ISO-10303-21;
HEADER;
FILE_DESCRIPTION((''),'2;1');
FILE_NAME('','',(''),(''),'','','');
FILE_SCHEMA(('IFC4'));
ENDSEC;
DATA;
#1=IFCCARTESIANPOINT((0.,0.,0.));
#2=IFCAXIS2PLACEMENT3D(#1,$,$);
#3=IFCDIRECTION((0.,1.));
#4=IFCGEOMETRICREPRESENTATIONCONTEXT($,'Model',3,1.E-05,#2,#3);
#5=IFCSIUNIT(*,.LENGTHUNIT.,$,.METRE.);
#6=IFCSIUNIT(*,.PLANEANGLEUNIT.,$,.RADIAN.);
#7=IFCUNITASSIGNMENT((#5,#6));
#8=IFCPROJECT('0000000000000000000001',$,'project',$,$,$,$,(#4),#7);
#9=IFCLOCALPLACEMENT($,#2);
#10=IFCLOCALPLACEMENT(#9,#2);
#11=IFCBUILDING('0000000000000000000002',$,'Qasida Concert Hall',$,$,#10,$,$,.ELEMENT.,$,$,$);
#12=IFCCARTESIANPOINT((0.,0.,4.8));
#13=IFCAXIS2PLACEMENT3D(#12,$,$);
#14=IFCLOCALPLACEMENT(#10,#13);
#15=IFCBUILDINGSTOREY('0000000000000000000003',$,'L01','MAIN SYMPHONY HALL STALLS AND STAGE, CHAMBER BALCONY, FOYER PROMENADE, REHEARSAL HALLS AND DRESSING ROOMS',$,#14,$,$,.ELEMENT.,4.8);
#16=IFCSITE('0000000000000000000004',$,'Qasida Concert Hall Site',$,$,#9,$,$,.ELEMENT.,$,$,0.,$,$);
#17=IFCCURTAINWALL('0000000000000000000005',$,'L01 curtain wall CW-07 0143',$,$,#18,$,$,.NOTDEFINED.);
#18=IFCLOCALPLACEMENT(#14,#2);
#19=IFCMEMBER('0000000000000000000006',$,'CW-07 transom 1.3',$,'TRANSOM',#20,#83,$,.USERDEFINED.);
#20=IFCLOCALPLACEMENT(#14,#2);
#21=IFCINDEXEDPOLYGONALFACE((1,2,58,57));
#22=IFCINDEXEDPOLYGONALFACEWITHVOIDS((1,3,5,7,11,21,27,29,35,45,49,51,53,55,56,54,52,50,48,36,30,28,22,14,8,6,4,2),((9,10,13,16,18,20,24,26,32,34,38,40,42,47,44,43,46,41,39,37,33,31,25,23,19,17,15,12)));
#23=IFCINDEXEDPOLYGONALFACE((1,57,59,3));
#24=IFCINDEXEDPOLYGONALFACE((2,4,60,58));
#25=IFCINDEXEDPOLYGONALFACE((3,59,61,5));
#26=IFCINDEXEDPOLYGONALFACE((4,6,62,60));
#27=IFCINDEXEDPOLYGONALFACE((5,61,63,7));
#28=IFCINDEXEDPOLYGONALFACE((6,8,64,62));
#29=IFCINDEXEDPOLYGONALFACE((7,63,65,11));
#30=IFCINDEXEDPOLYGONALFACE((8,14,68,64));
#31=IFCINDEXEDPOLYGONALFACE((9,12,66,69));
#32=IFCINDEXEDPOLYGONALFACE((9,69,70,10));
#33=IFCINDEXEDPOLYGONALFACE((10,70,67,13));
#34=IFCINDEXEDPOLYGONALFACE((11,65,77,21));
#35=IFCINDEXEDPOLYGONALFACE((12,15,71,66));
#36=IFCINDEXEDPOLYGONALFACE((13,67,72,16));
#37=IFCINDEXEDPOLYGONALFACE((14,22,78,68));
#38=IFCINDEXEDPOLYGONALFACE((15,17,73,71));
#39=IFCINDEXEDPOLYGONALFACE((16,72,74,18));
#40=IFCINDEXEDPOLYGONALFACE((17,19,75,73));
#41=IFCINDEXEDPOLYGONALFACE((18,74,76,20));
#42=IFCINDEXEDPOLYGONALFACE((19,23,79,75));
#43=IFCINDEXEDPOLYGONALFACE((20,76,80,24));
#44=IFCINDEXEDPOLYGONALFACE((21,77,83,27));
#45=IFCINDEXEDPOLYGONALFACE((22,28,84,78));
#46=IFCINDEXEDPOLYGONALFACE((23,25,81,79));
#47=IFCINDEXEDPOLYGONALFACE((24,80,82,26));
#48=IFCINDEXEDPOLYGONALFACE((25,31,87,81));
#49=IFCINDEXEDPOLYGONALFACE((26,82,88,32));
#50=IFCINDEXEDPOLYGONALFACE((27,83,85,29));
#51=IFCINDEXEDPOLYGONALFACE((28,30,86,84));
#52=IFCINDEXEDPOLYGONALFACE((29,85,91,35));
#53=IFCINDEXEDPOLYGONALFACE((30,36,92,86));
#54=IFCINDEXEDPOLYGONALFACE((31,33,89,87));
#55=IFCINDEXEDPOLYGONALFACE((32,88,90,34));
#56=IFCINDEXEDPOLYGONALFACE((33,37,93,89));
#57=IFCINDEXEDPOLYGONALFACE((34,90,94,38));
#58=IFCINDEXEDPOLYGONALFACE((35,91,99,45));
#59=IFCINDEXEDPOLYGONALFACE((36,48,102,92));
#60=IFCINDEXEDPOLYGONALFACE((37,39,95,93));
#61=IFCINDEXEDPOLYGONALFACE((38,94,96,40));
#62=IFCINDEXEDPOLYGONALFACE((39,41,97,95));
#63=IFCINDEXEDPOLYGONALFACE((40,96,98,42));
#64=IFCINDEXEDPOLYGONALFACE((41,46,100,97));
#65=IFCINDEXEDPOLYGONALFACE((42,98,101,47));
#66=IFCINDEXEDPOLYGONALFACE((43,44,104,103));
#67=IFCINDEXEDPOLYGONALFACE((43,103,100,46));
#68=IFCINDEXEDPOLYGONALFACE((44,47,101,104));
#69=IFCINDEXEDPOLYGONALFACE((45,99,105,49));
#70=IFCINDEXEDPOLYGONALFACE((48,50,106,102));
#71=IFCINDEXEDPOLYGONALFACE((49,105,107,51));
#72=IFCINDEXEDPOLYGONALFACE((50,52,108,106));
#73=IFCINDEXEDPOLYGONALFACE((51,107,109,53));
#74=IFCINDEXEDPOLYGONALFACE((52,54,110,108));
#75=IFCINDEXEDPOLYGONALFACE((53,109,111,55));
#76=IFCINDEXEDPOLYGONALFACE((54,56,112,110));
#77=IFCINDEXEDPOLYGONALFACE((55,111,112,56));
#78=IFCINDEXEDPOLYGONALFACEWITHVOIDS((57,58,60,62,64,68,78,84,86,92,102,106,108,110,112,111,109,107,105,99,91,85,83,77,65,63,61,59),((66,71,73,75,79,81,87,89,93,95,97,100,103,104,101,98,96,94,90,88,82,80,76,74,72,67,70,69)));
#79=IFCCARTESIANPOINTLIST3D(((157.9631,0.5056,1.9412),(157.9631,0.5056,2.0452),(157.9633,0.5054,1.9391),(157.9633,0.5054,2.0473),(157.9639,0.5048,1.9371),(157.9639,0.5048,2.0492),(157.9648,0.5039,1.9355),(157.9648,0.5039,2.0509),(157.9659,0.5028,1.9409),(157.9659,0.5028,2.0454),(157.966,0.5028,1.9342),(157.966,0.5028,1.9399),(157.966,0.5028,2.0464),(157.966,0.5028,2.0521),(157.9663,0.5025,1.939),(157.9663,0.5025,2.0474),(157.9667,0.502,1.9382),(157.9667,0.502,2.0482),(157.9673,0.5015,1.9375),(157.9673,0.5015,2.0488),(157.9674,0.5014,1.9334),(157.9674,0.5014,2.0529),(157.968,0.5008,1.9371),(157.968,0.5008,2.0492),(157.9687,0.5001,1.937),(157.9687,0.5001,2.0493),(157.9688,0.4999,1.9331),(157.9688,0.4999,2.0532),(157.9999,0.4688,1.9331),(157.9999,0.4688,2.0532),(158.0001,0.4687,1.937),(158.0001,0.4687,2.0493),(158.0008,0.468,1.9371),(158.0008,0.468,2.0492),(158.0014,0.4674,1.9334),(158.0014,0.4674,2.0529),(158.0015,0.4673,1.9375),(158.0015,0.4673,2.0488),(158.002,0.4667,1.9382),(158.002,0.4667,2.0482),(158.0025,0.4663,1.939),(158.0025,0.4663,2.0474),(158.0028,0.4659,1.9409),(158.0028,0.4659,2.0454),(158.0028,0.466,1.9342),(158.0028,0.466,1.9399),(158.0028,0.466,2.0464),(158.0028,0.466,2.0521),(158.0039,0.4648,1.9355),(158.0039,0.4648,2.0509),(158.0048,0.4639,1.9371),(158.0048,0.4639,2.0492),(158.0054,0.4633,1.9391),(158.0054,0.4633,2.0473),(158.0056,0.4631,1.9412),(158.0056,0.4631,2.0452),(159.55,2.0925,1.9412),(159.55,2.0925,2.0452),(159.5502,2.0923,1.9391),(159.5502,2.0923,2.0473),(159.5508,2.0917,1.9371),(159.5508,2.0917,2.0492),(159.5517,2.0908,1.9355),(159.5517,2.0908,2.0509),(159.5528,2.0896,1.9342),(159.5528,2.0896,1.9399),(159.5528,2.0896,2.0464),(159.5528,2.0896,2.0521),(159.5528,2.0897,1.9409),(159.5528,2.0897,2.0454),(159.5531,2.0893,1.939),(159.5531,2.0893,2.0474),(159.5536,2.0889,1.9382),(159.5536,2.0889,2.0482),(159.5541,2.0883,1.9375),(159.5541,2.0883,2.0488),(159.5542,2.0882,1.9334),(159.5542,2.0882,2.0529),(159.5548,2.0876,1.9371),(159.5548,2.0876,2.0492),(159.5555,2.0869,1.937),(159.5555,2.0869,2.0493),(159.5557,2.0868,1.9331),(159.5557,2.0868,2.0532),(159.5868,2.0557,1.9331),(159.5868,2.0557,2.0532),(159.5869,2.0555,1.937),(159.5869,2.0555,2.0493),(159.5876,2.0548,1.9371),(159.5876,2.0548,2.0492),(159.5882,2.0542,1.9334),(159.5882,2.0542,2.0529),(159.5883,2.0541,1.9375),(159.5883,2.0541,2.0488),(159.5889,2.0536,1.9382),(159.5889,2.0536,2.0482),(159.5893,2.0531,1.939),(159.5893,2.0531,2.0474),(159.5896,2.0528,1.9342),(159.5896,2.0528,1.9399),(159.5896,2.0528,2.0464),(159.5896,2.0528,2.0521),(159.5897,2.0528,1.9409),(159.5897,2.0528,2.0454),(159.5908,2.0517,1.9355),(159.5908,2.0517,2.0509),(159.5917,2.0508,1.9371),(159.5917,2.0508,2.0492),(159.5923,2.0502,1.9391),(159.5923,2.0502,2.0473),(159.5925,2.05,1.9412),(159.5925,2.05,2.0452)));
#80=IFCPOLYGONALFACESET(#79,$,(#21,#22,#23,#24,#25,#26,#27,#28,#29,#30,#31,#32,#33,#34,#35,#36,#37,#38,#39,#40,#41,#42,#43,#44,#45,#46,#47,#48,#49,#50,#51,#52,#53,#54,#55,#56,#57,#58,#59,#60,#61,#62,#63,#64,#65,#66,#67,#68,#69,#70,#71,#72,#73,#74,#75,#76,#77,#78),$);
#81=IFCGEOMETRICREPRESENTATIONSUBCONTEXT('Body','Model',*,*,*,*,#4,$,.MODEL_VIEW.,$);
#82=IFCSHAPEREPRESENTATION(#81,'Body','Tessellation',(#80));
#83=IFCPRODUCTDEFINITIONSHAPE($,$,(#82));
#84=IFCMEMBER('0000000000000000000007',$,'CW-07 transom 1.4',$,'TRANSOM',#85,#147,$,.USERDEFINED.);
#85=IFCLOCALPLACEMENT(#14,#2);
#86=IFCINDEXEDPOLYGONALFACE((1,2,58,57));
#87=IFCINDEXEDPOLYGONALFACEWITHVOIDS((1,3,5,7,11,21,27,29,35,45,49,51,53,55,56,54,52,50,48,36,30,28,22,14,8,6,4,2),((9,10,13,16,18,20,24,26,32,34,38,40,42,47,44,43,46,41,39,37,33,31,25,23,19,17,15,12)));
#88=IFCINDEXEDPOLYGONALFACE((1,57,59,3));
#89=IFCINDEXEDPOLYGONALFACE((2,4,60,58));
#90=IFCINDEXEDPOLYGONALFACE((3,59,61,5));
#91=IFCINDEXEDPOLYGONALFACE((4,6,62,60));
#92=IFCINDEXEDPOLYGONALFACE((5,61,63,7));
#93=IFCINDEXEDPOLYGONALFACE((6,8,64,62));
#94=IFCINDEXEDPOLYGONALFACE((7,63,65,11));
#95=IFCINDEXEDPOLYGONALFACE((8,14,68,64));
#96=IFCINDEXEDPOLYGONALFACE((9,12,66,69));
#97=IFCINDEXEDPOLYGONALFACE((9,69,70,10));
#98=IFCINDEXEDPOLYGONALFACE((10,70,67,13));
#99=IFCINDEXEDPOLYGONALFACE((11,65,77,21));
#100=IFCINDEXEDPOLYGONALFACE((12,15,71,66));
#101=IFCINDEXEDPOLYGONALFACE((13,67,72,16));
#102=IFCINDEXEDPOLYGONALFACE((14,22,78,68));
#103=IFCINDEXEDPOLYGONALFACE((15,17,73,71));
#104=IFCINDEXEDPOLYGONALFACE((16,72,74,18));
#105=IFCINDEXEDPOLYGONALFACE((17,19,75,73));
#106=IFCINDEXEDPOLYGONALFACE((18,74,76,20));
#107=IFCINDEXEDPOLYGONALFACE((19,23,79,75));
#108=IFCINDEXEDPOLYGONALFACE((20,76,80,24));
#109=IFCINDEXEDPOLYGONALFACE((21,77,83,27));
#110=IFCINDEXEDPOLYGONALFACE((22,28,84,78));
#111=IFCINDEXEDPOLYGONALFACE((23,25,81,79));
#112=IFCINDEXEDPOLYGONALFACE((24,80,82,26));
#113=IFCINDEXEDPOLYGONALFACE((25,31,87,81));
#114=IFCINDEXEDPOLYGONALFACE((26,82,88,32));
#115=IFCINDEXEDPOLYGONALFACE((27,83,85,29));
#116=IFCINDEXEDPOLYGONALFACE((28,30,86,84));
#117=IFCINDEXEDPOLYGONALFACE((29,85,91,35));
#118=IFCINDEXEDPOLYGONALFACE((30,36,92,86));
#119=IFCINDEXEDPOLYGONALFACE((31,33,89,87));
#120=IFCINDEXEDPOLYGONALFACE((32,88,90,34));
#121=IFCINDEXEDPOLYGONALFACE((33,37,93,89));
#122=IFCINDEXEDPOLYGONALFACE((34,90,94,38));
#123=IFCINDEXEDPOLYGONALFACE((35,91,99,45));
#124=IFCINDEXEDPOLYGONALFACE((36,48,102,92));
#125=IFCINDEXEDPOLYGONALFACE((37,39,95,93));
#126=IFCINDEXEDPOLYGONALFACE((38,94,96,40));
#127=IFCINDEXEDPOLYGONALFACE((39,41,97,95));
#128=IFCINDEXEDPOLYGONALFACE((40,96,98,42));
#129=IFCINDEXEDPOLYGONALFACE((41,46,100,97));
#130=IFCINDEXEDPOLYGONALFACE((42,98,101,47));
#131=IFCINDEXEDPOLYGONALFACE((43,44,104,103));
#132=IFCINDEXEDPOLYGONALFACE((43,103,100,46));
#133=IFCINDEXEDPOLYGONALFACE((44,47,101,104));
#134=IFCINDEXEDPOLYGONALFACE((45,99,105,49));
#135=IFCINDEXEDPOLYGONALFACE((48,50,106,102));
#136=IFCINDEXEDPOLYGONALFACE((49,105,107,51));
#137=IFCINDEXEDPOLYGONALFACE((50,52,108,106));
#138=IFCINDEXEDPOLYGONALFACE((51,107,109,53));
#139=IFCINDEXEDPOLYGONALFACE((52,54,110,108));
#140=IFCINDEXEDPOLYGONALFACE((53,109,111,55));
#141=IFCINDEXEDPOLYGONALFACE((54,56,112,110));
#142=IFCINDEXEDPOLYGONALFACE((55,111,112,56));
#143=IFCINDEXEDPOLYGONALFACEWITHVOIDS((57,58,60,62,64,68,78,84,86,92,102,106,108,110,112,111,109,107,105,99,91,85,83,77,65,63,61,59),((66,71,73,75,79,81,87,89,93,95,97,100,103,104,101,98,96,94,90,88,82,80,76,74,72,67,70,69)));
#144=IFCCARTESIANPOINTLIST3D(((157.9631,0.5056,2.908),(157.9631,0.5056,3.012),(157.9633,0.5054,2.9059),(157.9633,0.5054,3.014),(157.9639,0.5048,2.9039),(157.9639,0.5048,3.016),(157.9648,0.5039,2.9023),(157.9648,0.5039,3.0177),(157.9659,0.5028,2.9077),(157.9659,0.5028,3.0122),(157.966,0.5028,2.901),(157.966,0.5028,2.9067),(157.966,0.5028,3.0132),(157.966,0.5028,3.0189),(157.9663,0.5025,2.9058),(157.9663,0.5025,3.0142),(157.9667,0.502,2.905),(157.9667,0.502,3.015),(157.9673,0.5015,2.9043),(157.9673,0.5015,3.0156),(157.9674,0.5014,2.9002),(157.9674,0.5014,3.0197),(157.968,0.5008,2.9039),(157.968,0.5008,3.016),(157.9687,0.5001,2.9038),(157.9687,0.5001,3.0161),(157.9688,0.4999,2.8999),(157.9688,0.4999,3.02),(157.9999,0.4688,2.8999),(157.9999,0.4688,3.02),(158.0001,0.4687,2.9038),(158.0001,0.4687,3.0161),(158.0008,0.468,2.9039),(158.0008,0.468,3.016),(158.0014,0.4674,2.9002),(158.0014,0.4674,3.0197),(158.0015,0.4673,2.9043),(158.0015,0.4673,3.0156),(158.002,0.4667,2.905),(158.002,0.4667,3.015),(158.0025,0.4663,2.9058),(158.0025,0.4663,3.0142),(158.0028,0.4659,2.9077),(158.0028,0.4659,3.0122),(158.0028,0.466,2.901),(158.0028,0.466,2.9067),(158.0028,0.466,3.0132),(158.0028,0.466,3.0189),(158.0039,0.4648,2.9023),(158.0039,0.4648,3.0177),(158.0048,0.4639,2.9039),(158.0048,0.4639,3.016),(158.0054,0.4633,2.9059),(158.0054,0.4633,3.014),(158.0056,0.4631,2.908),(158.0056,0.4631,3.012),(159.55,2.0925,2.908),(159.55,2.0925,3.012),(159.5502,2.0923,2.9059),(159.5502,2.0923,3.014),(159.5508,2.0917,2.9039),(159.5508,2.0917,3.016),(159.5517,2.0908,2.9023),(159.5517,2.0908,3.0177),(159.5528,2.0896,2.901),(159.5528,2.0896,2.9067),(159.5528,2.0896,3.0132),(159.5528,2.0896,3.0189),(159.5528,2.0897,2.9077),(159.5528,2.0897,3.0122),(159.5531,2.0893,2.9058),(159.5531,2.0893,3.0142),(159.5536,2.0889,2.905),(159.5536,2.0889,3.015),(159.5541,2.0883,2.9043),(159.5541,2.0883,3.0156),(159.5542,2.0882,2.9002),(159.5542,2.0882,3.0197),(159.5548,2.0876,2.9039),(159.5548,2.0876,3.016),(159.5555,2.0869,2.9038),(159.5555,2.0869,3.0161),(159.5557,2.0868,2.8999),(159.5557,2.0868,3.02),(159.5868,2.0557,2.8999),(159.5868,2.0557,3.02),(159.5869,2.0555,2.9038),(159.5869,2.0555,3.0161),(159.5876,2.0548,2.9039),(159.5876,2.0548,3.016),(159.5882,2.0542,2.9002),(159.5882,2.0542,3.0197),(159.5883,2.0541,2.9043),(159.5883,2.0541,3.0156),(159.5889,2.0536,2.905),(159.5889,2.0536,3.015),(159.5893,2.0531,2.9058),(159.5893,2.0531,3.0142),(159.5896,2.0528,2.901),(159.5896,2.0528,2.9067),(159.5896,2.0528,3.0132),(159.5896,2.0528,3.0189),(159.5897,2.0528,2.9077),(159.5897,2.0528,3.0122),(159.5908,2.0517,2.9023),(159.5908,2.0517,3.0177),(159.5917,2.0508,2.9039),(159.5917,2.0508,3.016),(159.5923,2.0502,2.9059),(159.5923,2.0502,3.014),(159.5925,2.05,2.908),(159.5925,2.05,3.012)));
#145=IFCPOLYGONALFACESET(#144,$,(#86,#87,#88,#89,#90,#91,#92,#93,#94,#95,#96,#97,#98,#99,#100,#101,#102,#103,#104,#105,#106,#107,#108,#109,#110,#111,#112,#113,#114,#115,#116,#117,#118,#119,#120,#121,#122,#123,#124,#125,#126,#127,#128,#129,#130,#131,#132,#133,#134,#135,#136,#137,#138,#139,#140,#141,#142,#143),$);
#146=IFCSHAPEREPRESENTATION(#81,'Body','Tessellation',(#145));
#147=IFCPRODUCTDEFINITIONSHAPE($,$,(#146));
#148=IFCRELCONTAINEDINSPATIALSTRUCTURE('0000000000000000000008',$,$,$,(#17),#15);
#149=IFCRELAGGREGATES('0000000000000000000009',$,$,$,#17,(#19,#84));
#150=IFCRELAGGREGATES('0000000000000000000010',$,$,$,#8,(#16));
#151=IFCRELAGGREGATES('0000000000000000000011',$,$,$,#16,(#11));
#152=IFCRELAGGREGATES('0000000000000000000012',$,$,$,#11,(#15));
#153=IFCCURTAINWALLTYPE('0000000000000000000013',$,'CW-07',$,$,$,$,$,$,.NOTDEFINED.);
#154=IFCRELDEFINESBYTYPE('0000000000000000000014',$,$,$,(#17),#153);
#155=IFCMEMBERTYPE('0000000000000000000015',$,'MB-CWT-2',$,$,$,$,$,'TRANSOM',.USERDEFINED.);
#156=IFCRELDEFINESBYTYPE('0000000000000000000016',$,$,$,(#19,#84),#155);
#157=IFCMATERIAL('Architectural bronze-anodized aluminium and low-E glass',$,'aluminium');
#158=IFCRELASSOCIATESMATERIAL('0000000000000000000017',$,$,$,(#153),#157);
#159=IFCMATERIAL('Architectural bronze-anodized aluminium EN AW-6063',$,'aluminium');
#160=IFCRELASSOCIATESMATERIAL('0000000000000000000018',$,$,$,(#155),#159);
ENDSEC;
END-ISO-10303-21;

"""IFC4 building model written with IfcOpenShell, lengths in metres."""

from ifc_helpers import new_model, si_unit, direction, frame, origin, origin_2d, place, context, subcontext, project, spatial, hollow_rectangle, extrude, material, material_profile, profile_set, type_object, element, aggregate, save


model = new_model("IFC4")

# Units and contexts
model_context = context("Model", 3, precision=1e-05, world=origin(), true_north=direction((0.0, 1.0)))
body_context = subcontext(model_context, "Body", "Model", "MODEL_VIEW")
ifc_project = project(units=[si_unit("LENGTHUNIT", "METRE"), si_unit("PLANEANGLEUNIT", "RADIAN")], contexts=[model_context])

# Site, building, storey
site_placement = place(None, origin())
site = spatial("IfcSite", under=ifc_project, at=site_placement, Name="Qasida Concert Hall Site", CompositionType="ELEMENT", RefElevation=0.0)
building_placement = place(site_placement, origin())
building = spatial("IfcBuilding", under=site, at=building_placement, Name="Qasida Concert Hall", CompositionType="ELEMENT")
storey_placement = place(building_placement, frame((0.0, 0.0, 4.8)))
storey = spatial("IfcBuildingStorey", under=building, at=storey_placement, Name="L01", Description="MAIN SYMPHONY HALL STALLS AND STAGE, CHAMBER BALCONY, FOYER PROMENADE, REHEARSAL HALLS AND DRESSING ROOMS", CompositionType="ELEMENT", Elevation=4.8)

# Curtain wall, members
ifc_material_1 = material(Name="Architectural bronze-anodized aluminium and low-E glass", Category="aluminium")
curtain_wall_type = type_object("IfcCurtainWallType", Name="CW-07", PredefinedType="NOTDEFINED", material=ifc_material_1)
curtain_wall_placement = place(storey_placement, origin())
curtain_wall = element("IfcCurtainWall", 1, at=curtain_wall_placement, inside=storey, type_object=curtain_wall_type, Name="L01 curtain wall CW-07 0143", PredefinedType="NOTDEFINED")
ifc_material_2 = material(Name="Architectural bronze-anodized aluminium EN AW-6063", Category="aluminium")
ifc_material_profile_1 = material_profile(ifc_material_2, hollow_rectangle(XDim=0.0601, YDim=0.1201, WallThickness=0.0039, InnerFilletRadius=0.0039, OuterFilletRadius=0.0081, at=origin_2d()), Name="CWT 120x60x4")
ifc_profile_set_1 = profile_set([ifc_material_profile_1], Name="Architectural bronze-anodized aluminium EN AW-6063")
member_type_1 = type_object("IfcMemberType", Name="MB-CWT-2", ElementType="TRANSOM", PredefinedType="USERDEFINED", material=ifc_profile_set_1)
member_1_placement = place(storey_placement, frame((157.9844, 0.4844, 1.9932), z_axis=(0.707107, 0.707107, 0.0), x_axis=(-0.707107, 0.707107, 0.0)))
member_1 = element("IfcMember", 2, at=member_1_placement, type_object=member_type_1, Name="CW-07 transom 1.3", ObjectType="TRANSOM", PredefinedType="USERDEFINED", context=body_context, shape_type="SweptSolid", body=[
    extrude(hollow_rectangle(XDim=0.0601, YDim=0.1201, WallThickness=0.0039, InnerFilletRadius=0.0039, OuterFilletRadius=0.0081, at=origin_2d()), origin(), (0.0, 0.0, 1.0), 2.2441),
])
member_2_placement = place(storey_placement, frame((157.9844, 0.4844, 2.96), z_axis=(0.707107, 0.707107, 0.0), x_axis=(-0.707107, 0.707107, 0.0)))
member_2 = element("IfcMember", 3, at=member_2_placement, type_object=member_type_1, Name="CW-07 transom 1.4", ObjectType="TRANSOM", PredefinedType="USERDEFINED", context=body_context, shape_type="SweptSolid", body=[
    extrude(hollow_rectangle(XDim=0.0601, YDim=0.1201, WallThickness=0.0039, InnerFilletRadius=0.0039, OuterFilletRadius=0.0081, at=origin_2d()), origin(), (0.0, 0.0, 1.0), 2.2441),
])
aggregate(curtain_wall, [member_1, member_2])

save(model, "model.ifc")
